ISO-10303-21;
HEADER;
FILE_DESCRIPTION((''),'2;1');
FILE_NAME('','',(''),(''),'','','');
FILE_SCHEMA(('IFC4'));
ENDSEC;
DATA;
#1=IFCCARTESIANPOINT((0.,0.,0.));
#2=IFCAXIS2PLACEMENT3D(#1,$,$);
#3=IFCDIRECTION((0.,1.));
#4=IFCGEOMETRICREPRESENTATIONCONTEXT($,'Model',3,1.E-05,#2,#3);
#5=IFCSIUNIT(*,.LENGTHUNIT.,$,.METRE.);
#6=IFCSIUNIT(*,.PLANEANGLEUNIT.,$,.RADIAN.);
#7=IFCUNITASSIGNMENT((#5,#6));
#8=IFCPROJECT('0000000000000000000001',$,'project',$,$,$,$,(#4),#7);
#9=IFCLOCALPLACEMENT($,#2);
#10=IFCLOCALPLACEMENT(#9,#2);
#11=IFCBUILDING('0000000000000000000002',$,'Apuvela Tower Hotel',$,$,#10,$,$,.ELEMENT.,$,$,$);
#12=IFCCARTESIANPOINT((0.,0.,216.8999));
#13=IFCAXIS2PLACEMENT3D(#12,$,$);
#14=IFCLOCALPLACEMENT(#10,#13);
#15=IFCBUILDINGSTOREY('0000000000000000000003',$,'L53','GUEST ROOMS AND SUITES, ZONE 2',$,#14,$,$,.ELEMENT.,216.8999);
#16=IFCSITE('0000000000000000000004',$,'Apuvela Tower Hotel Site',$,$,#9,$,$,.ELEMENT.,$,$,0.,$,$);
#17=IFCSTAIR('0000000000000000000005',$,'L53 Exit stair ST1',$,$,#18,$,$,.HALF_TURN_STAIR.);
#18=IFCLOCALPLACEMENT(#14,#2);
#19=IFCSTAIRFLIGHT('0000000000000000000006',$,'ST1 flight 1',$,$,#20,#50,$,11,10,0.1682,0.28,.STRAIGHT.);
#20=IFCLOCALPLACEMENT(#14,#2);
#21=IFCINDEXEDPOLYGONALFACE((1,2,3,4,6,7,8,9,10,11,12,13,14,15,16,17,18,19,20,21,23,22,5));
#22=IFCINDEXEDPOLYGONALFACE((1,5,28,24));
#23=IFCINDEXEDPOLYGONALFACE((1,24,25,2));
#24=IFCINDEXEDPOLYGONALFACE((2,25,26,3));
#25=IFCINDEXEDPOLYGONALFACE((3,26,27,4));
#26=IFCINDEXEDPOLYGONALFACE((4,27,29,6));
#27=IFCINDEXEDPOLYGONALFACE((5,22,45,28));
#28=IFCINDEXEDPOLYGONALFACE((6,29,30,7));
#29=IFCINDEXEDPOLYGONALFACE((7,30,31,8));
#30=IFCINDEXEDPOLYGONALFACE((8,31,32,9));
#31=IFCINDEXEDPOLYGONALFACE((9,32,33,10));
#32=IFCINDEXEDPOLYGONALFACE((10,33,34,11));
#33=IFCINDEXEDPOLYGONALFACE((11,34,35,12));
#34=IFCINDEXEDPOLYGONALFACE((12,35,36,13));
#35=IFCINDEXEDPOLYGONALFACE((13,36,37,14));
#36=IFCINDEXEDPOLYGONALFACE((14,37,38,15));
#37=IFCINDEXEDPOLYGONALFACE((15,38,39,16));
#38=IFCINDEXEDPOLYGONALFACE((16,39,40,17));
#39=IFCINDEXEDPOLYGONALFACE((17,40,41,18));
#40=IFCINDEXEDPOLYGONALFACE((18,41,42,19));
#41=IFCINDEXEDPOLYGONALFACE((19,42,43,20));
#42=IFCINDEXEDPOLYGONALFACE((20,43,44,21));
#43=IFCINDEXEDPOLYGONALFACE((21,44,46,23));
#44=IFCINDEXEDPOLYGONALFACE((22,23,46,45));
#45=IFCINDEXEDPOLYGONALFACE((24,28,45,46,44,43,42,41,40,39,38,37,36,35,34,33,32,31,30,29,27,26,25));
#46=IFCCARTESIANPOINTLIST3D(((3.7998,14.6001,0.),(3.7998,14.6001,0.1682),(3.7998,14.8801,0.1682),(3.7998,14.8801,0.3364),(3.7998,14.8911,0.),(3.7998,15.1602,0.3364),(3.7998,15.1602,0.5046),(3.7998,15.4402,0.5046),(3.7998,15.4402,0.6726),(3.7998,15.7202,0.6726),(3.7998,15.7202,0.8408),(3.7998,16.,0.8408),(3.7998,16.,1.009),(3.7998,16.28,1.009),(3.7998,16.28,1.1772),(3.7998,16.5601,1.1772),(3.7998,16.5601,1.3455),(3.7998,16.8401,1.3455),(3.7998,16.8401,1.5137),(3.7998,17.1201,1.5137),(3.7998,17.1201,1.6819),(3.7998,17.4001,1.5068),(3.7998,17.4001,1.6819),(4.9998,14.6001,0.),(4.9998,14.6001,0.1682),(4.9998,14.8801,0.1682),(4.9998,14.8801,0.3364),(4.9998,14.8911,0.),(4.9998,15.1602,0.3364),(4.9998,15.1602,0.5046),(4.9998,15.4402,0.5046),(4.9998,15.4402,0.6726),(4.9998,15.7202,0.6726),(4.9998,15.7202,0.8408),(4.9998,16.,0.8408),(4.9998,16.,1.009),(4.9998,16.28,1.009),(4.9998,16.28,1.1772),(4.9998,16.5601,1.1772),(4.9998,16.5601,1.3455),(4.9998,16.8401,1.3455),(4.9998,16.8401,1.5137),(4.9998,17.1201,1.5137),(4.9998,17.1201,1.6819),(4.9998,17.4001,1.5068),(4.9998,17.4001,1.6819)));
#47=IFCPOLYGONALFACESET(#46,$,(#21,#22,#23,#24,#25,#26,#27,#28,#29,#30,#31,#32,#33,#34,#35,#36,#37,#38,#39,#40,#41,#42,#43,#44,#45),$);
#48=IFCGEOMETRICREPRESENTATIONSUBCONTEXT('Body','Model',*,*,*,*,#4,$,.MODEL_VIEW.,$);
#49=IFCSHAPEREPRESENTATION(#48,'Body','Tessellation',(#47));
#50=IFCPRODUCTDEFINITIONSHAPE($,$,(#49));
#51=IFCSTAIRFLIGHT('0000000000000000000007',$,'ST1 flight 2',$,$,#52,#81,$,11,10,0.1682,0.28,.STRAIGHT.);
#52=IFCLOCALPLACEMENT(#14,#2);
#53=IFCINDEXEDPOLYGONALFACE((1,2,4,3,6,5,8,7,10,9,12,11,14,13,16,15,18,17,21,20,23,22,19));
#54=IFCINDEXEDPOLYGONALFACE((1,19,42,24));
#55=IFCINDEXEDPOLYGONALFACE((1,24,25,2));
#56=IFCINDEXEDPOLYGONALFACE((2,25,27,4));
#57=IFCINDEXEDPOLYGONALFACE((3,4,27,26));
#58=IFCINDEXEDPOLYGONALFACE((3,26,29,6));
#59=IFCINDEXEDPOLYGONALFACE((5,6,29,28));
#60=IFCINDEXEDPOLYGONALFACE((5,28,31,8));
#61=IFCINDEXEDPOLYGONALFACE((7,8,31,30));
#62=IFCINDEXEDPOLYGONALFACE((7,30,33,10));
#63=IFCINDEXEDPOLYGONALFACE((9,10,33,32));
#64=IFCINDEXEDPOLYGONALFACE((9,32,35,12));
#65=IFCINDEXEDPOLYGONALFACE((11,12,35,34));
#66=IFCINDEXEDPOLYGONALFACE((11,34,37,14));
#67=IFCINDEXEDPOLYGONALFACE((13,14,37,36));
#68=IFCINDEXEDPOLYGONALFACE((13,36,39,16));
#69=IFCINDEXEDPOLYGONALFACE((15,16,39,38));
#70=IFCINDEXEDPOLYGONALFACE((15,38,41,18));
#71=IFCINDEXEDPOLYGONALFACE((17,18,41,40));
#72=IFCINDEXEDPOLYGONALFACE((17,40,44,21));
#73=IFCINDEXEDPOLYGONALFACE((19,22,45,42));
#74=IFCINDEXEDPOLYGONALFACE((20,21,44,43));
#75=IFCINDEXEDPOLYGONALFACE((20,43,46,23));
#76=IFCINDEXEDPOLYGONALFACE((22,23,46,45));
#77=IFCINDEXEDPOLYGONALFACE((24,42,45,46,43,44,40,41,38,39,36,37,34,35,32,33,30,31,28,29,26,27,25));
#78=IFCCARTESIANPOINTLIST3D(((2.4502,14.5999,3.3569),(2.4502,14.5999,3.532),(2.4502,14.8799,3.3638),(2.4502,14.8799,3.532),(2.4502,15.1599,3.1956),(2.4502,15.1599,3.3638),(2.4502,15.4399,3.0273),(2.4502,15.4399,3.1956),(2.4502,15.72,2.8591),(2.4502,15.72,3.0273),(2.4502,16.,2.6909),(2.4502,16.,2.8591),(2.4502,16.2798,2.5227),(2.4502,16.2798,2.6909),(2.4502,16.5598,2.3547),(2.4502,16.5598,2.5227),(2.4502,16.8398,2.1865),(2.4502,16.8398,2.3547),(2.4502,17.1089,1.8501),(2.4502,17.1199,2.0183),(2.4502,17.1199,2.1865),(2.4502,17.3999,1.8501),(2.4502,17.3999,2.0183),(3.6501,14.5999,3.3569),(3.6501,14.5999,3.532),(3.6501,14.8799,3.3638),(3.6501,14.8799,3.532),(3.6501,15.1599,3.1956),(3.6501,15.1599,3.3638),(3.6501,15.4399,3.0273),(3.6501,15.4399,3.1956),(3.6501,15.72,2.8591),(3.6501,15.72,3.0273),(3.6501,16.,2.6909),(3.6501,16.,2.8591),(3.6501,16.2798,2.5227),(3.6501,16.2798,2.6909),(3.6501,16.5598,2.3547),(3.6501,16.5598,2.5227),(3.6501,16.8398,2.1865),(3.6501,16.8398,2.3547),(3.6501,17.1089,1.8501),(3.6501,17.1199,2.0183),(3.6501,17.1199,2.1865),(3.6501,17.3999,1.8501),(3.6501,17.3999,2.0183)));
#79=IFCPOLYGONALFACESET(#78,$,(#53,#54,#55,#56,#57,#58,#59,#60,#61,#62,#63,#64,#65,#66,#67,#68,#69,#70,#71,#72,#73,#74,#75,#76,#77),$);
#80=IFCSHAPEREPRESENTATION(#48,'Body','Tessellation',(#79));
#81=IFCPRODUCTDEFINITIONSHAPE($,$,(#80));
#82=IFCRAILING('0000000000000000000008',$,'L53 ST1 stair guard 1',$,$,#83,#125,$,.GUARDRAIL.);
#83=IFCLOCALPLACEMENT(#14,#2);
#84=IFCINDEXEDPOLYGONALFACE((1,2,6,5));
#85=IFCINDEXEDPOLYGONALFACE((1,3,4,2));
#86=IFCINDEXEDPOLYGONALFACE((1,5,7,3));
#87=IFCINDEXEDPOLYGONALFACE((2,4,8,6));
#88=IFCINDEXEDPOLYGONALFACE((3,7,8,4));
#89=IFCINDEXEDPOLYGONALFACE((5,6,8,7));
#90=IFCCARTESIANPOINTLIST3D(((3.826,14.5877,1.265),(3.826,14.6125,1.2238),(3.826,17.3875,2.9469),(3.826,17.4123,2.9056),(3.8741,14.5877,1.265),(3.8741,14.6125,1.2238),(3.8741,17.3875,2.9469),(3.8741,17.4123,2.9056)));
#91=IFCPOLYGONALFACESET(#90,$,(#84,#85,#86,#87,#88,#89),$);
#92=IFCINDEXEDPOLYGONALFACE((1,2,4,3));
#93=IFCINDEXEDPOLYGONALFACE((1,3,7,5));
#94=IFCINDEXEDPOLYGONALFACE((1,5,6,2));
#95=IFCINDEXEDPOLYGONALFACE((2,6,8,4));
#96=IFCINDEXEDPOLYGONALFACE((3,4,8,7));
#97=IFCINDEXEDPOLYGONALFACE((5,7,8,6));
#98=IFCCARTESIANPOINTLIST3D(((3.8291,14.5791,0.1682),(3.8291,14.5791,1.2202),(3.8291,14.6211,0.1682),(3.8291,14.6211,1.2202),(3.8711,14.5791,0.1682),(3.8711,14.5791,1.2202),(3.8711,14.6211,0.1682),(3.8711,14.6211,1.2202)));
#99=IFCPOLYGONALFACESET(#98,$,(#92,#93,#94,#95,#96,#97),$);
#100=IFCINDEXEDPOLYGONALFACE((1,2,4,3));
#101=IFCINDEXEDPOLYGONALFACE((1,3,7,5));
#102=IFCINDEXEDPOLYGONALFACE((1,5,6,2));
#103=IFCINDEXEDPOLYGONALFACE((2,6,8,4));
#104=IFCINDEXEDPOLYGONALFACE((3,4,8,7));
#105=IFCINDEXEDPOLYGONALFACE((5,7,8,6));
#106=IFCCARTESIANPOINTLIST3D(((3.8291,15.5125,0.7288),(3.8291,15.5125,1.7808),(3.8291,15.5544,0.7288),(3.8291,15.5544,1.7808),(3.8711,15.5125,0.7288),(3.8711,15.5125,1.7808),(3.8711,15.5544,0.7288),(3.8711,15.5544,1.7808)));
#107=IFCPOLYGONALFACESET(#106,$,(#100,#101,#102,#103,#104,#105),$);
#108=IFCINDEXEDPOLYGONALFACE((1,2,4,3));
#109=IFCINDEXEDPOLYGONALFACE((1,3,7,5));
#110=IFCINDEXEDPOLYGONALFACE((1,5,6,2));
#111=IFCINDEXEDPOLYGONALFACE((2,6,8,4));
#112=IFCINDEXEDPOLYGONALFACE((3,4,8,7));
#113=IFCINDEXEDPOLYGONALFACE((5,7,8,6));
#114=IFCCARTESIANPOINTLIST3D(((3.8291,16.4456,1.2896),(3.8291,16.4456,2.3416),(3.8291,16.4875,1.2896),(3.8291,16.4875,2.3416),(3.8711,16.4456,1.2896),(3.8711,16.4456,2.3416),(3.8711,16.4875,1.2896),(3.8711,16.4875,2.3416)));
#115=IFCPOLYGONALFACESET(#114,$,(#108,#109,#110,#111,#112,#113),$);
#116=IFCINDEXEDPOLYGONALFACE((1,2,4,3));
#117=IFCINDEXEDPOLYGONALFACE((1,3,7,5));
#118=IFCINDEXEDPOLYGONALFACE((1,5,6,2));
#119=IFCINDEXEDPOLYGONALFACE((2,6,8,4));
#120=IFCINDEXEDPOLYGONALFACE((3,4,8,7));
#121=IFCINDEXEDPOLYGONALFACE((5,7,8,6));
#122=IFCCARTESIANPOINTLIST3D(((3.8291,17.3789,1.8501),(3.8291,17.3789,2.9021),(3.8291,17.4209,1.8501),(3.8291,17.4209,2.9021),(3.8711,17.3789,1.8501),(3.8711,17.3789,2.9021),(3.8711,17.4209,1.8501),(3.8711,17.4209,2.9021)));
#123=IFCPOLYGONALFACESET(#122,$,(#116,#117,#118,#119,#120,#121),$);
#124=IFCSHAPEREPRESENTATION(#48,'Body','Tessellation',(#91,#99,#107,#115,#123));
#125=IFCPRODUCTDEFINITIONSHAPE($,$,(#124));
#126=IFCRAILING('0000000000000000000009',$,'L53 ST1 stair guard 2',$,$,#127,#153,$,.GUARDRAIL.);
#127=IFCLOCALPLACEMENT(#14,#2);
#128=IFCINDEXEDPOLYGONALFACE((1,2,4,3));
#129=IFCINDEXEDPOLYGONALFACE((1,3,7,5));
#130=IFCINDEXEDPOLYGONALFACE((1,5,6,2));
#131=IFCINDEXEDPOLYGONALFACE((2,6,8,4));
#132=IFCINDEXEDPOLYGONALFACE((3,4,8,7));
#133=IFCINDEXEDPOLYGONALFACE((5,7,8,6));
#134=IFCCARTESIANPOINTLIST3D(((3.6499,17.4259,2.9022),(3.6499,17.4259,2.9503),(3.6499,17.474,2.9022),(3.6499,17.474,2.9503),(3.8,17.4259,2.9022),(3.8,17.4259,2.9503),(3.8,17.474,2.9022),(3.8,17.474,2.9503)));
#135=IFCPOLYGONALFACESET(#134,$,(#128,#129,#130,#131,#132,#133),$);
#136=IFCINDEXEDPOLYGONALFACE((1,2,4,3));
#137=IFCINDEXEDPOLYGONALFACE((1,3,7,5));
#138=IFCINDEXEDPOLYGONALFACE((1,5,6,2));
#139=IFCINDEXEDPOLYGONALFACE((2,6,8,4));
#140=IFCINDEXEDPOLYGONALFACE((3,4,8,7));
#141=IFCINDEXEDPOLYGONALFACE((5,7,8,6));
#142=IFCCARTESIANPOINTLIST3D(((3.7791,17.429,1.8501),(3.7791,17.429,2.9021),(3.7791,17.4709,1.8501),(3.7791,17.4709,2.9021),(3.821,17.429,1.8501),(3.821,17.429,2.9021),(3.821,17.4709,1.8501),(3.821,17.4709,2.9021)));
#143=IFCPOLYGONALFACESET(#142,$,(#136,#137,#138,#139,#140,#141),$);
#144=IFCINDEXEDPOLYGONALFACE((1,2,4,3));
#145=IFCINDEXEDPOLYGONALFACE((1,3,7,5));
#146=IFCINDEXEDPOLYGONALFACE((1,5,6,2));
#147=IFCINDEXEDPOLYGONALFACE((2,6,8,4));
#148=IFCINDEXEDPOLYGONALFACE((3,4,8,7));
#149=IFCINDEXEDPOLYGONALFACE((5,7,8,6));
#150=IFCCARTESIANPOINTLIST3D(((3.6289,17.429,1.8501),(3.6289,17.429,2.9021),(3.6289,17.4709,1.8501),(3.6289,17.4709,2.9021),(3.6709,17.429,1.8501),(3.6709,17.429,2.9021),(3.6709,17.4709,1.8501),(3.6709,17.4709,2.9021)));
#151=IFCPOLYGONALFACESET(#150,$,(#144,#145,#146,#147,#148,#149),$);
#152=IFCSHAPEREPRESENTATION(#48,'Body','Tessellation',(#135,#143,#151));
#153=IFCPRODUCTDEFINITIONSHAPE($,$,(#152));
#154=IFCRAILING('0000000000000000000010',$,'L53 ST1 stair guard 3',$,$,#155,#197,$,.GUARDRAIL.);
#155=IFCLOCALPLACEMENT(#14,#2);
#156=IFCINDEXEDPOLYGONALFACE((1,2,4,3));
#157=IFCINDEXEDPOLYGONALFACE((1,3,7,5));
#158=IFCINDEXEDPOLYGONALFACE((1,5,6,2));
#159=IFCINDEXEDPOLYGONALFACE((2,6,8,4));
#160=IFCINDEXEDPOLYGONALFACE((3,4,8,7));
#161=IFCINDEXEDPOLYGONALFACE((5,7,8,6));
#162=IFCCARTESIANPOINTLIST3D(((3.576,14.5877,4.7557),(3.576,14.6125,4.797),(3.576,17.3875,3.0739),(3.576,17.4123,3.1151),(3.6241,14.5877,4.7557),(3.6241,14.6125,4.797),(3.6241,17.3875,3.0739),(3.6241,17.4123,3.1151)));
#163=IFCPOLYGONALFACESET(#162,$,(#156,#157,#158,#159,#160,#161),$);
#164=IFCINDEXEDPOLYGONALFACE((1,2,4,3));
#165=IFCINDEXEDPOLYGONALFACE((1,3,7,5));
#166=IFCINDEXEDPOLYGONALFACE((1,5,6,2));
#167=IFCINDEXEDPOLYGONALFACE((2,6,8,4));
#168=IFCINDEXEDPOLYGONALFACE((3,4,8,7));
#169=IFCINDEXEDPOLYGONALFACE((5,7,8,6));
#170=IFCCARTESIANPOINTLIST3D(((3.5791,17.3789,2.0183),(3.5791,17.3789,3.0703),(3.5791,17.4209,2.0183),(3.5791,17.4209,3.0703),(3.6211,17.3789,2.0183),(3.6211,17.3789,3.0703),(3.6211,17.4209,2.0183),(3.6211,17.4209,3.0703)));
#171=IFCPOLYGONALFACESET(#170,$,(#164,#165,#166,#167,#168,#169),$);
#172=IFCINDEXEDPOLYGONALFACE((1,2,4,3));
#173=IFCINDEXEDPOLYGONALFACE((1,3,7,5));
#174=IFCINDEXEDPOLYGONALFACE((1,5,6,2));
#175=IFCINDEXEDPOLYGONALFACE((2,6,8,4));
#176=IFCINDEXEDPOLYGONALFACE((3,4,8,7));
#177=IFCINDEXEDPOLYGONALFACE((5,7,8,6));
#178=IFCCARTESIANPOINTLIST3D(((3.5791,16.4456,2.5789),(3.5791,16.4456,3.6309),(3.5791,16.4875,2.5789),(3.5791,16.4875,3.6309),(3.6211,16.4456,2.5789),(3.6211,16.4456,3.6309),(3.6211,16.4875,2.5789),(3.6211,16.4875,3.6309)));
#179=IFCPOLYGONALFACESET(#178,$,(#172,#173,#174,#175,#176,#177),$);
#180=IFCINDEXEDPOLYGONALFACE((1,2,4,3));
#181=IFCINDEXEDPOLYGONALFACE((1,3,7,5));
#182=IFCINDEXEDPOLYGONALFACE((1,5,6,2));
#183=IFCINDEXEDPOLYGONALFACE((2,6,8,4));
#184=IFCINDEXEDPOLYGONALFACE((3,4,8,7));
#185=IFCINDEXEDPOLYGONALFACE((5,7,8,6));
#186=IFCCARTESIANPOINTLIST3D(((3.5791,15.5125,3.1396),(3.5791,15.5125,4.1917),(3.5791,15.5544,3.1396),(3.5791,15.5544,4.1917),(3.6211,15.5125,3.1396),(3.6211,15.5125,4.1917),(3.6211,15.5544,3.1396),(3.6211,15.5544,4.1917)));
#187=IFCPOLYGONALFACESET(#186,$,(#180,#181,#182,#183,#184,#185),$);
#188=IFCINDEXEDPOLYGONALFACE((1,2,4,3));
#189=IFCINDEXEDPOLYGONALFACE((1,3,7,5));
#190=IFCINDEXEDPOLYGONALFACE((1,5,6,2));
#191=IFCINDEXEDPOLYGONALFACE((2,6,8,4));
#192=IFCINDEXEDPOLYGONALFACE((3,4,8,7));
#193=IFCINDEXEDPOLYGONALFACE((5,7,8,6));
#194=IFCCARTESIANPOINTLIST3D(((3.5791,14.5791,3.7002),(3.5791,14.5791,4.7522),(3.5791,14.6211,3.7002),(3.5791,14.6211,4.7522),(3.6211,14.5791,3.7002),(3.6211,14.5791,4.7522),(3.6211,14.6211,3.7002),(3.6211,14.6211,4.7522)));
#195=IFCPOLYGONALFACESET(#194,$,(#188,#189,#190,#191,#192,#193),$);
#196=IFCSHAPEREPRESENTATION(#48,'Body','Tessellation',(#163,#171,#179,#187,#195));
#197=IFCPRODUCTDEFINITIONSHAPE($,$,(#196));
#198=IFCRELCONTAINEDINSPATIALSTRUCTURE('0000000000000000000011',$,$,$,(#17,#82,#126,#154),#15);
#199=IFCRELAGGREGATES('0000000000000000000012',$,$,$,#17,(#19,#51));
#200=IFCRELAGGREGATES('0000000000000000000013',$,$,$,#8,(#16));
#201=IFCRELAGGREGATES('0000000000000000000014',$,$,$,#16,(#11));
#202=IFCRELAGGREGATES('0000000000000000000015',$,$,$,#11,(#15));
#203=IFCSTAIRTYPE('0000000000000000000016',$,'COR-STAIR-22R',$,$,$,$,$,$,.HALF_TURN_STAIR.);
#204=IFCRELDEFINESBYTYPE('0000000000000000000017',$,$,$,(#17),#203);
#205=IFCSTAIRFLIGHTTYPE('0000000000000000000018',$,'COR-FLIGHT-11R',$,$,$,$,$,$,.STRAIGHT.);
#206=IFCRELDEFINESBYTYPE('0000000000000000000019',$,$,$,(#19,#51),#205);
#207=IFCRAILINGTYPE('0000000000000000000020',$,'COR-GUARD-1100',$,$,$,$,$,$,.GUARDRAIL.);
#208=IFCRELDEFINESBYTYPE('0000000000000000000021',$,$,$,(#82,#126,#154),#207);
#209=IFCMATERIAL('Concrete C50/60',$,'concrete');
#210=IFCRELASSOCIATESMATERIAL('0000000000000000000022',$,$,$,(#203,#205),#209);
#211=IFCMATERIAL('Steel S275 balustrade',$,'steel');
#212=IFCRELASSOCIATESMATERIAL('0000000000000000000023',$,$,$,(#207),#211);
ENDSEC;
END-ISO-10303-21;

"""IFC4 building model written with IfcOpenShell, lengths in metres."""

from ifc_helpers import new_model, si_unit, direction, frame, origin, origin_2d, place, context, subcontext, project, spatial, polyline, rectangle, outline, extrude, material, type_object, element, aggregate, save


model = new_model("IFC4")

# Units and contexts
model_context = context("Model", 3, precision=1e-05, world=origin(), true_north=direction((0.0, 1.0)))
body_context = subcontext(model_context, "Body", "Model", "MODEL_VIEW")
ifc_project = project(units=[si_unit("LENGTHUNIT", "METRE"), si_unit("PLANEANGLEUNIT", "RADIAN")], contexts=[model_context])

# Site, building, storey
site_placement = place(None, origin())
site = spatial("IfcSite", under=ifc_project, at=site_placement, Name="Apuvela Tower Hotel Site", CompositionType="ELEMENT", RefElevation=0.0)
building_placement = place(site_placement, origin())
building = spatial("IfcBuilding", under=site, at=building_placement, Name="Apuvela Tower Hotel", CompositionType="ELEMENT")
storey_placement = place(building_placement, frame((0.0, 0.0, 216.8999)))
storey = spatial("IfcBuildingStorey", under=building, at=storey_placement, Name="L53", Description="GUEST ROOMS AND SUITES, ZONE 2", CompositionType="ELEMENT", Elevation=216.8999)

# Shared definitions
ifc_material_1 = material(Name="Concrete C50/60", Category="concrete")

# Stair, stair flights
stair_type = type_object("IfcStairType", Name="COR-STAIR-22R", PredefinedType="HALF_TURN_STAIR", material=ifc_material_1)
stair_placement = place(storey_placement, origin())
stair = element("IfcStair", 1, at=stair_placement, inside=storey, type_object=stair_type, Name="L53 Exit stair ST1", PredefinedType="HALF_TURN_STAIR")
stair_flight_type = type_object("IfcStairFlightType", Name="COR-FLIGHT-11R", PredefinedType="STRAIGHT", material=ifc_material_1)
stair_flight_1_placement = place(storey_placement, frame((4.3999, 14.6001, 0.0), z_axis=(0.0, 0.0, 1.0), x_axis=(0.0, 1.0, 0.0)))
stair_flight_1 = element("IfcStairFlight", 2, at=stair_flight_1_placement, type_object=stair_flight_type, Name="ST1 flight 1", NumberOfRisers=11, NumberOfTreads=10, PredefinedType="STRAIGHT", RiserHeight=0.1682, TreadLength=0.28, context=body_context, shape_type="SweptSolid", body=[
    extrude(outline(polyline([(0.0, 0.0), (0.0, 0.1682), (0.28, 0.1682), (0.28, 0.3364), (0.5601, 0.3364), (0.5601, 0.5046), (0.8401, 0.5046), (0.8401, 0.6726), (1.1201, 0.6726), (1.1201, 0.8408), (1.3999, 0.8408), (1.3999, 1.009), (1.6799, 1.009), (1.6799, 1.1772), (1.96, 1.1772), (1.96, 1.3455), (2.24, 1.3455), (2.24, 1.5137), (2.52, 1.5137), (2.52, 1.6819), (2.8, 1.6819), (2.8, 1.8501), (2.8, 1.5068), (0.291, 0.0), (0.0, 0.0)])), frame((0.0, 0.6001, 0.0), z_axis=(0.0, -1.0, 0.0), x_axis=(1.0, 0.0, 0.0)), (0.0, 0.0, 1.0), 1.2),
])
stair_flight_2_placement = place(storey_placement, frame((3.05, 17.3999, 1.8501), z_axis=(0.0, 0.0, 1.0), x_axis=(0.0, -1.0, 0.0)))
stair_flight_2 = element("IfcStairFlight", 3, at=stair_flight_2_placement, type_object=stair_flight_type, Name="ST1 flight 2", NumberOfRisers=11, NumberOfTreads=10, PredefinedType="STRAIGHT", RiserHeight=0.1682, TreadLength=0.28, context=body_context, shape_type="SweptSolid", body=[
    extrude(outline(polyline([(0.0, 0.0), (0.0, 0.1682), (0.28, 0.1682), (0.28, 0.3364), (0.5601, 0.3364), (0.5601, 0.5046), (0.8401, 0.5046), (0.8401, 0.6726), (1.1201, 0.6726), (1.1201, 0.8408), (1.3999, 0.8408), (1.3999, 1.009), (1.6799, 1.009), (1.6799, 1.1772), (1.96, 1.1772), (1.96, 1.3455), (2.24, 1.3455), (2.24, 1.5137), (2.52, 1.5137), (2.52, 1.6819), (2.8, 1.6819), (2.8, 1.8501), (2.8, 1.5068), (0.291, 0.0), (0.0, 0.0)])), frame((0.0, 0.6001, 0.0), z_axis=(0.0, -1.0, 0.0), x_axis=(1.0, 0.0, 0.0)), (0.0, 0.0, 1.0), 1.2),
])
aggregate(stair, [stair_flight_1, stair_flight_2])

# Railings
ifc_material_2 = material(Name="Steel S275 balustrade", Category="steel")
railing_type_1 = type_object("IfcRailingType", Name="COR-GUARD-1100", PredefinedType="GUARDRAIL", material=ifc_material_2)
railing_1_placement = place(storey_placement, frame((3.8501, 14.6001, 0.1682)))
element("IfcRailing", 4, at=railing_1_placement, inside=storey, type_object=railing_type_1, Name="L53 ST1 stair guard 1", PredefinedType="GUARDRAIL", context=body_context, shape_type="SweptSolid", body=[
    extrude(rectangle(XDim=0.0481, YDim=0.0481, at=origin_2d()), frame((0.0, 0.0, 1.0762), z_axis=(0.0, 0.857222, 0.514946), x_axis=(-1.0, 0.0, 0.0)), (0.0, 0.0, 1.0), 3.2661),
    extrude(rectangle(XDim=0.042, YDim=0.042, at=origin_2d()), origin(), (0.0, 0.0, 1.0), 1.052),
    extrude(rectangle(XDim=0.042, YDim=0.042, at=origin_2d()), frame((0.0, 0.9333, 0.5605)), (0.0, 0.0, 1.0), 1.052),
    extrude(rectangle(XDim=0.042, YDim=0.042, at=origin_2d()), frame((0.0, 1.8665, 1.1213)), (0.0, 0.0, 1.0), 1.052),
    extrude(rectangle(XDim=0.042, YDim=0.042, at=origin_2d()), frame((0.0, 2.7998, 1.6819)), (0.0, 0.0, 1.0), 1.052),
])
railing_2_placement = place(storey_placement, frame((3.8, 17.45, 1.8501)))
element("IfcRailing", 5, at=railing_2_placement, inside=storey, type_object=railing_type_1, Name="L53 ST1 stair guard 2", PredefinedType="GUARDRAIL", context=body_context, shape_type="SweptSolid", body=[
    extrude(rectangle(XDim=0.0481, YDim=0.0481, at=origin_2d()), frame((0.0, 0.0, 1.0762), z_axis=(-1.0, 0.0, 0.0), x_axis=(0.0, -1.0, 0.0)), (0.0, 0.0, 1.0), 0.1501),
    extrude(rectangle(XDim=0.042, YDim=0.042, at=origin_2d()), origin(), (0.0, 0.0, 1.0), 1.052),
    extrude(rectangle(XDim=0.042, YDim=0.042, at=origin_2d()), frame((-0.1501, 0.0, 0.0)), (0.0, 0.0, 1.0), 1.052),
])
railing_3_placement = place(storey_placement, frame((3.6001, 17.3999, 2.0183)))
element("IfcRailing", 6, at=railing_3_placement, inside=storey, type_object=railing_type_1, Name="L53 ST1 stair guard 3", PredefinedType="GUARDRAIL", context=body_context, shape_type="SweptSolid", body=[
    extrude(rectangle(XDim=0.0481, YDim=0.0481, at=origin_2d()), frame((0.0, 0.0, 1.0762), z_axis=(0.0, -0.857222, 0.514946), x_axis=(1.0, 0.0, 0.0)), (0.0, 0.0, 1.0), 3.2661),
    extrude(rectangle(XDim=0.042, YDim=0.042, at=origin_2d()), origin(), (0.0, 0.0, 1.0), 1.052),
    extrude(rectangle(XDim=0.042, YDim=0.042, at=origin_2d()), frame((0.0, -0.9333, 0.5605)), (0.0, 0.0, 1.0), 1.052),
    extrude(rectangle(XDim=0.042, YDim=0.042, at=origin_2d()), frame((0.0, -1.8665, 1.1213)), (0.0, 0.0, 1.0), 1.052),
    extrude(rectangle(XDim=0.042, YDim=0.042, at=origin_2d()), frame((0.0, -2.7998, 1.6819)), (0.0, 0.0, 1.0), 1.052),
])

save(model, "model.ifc")
